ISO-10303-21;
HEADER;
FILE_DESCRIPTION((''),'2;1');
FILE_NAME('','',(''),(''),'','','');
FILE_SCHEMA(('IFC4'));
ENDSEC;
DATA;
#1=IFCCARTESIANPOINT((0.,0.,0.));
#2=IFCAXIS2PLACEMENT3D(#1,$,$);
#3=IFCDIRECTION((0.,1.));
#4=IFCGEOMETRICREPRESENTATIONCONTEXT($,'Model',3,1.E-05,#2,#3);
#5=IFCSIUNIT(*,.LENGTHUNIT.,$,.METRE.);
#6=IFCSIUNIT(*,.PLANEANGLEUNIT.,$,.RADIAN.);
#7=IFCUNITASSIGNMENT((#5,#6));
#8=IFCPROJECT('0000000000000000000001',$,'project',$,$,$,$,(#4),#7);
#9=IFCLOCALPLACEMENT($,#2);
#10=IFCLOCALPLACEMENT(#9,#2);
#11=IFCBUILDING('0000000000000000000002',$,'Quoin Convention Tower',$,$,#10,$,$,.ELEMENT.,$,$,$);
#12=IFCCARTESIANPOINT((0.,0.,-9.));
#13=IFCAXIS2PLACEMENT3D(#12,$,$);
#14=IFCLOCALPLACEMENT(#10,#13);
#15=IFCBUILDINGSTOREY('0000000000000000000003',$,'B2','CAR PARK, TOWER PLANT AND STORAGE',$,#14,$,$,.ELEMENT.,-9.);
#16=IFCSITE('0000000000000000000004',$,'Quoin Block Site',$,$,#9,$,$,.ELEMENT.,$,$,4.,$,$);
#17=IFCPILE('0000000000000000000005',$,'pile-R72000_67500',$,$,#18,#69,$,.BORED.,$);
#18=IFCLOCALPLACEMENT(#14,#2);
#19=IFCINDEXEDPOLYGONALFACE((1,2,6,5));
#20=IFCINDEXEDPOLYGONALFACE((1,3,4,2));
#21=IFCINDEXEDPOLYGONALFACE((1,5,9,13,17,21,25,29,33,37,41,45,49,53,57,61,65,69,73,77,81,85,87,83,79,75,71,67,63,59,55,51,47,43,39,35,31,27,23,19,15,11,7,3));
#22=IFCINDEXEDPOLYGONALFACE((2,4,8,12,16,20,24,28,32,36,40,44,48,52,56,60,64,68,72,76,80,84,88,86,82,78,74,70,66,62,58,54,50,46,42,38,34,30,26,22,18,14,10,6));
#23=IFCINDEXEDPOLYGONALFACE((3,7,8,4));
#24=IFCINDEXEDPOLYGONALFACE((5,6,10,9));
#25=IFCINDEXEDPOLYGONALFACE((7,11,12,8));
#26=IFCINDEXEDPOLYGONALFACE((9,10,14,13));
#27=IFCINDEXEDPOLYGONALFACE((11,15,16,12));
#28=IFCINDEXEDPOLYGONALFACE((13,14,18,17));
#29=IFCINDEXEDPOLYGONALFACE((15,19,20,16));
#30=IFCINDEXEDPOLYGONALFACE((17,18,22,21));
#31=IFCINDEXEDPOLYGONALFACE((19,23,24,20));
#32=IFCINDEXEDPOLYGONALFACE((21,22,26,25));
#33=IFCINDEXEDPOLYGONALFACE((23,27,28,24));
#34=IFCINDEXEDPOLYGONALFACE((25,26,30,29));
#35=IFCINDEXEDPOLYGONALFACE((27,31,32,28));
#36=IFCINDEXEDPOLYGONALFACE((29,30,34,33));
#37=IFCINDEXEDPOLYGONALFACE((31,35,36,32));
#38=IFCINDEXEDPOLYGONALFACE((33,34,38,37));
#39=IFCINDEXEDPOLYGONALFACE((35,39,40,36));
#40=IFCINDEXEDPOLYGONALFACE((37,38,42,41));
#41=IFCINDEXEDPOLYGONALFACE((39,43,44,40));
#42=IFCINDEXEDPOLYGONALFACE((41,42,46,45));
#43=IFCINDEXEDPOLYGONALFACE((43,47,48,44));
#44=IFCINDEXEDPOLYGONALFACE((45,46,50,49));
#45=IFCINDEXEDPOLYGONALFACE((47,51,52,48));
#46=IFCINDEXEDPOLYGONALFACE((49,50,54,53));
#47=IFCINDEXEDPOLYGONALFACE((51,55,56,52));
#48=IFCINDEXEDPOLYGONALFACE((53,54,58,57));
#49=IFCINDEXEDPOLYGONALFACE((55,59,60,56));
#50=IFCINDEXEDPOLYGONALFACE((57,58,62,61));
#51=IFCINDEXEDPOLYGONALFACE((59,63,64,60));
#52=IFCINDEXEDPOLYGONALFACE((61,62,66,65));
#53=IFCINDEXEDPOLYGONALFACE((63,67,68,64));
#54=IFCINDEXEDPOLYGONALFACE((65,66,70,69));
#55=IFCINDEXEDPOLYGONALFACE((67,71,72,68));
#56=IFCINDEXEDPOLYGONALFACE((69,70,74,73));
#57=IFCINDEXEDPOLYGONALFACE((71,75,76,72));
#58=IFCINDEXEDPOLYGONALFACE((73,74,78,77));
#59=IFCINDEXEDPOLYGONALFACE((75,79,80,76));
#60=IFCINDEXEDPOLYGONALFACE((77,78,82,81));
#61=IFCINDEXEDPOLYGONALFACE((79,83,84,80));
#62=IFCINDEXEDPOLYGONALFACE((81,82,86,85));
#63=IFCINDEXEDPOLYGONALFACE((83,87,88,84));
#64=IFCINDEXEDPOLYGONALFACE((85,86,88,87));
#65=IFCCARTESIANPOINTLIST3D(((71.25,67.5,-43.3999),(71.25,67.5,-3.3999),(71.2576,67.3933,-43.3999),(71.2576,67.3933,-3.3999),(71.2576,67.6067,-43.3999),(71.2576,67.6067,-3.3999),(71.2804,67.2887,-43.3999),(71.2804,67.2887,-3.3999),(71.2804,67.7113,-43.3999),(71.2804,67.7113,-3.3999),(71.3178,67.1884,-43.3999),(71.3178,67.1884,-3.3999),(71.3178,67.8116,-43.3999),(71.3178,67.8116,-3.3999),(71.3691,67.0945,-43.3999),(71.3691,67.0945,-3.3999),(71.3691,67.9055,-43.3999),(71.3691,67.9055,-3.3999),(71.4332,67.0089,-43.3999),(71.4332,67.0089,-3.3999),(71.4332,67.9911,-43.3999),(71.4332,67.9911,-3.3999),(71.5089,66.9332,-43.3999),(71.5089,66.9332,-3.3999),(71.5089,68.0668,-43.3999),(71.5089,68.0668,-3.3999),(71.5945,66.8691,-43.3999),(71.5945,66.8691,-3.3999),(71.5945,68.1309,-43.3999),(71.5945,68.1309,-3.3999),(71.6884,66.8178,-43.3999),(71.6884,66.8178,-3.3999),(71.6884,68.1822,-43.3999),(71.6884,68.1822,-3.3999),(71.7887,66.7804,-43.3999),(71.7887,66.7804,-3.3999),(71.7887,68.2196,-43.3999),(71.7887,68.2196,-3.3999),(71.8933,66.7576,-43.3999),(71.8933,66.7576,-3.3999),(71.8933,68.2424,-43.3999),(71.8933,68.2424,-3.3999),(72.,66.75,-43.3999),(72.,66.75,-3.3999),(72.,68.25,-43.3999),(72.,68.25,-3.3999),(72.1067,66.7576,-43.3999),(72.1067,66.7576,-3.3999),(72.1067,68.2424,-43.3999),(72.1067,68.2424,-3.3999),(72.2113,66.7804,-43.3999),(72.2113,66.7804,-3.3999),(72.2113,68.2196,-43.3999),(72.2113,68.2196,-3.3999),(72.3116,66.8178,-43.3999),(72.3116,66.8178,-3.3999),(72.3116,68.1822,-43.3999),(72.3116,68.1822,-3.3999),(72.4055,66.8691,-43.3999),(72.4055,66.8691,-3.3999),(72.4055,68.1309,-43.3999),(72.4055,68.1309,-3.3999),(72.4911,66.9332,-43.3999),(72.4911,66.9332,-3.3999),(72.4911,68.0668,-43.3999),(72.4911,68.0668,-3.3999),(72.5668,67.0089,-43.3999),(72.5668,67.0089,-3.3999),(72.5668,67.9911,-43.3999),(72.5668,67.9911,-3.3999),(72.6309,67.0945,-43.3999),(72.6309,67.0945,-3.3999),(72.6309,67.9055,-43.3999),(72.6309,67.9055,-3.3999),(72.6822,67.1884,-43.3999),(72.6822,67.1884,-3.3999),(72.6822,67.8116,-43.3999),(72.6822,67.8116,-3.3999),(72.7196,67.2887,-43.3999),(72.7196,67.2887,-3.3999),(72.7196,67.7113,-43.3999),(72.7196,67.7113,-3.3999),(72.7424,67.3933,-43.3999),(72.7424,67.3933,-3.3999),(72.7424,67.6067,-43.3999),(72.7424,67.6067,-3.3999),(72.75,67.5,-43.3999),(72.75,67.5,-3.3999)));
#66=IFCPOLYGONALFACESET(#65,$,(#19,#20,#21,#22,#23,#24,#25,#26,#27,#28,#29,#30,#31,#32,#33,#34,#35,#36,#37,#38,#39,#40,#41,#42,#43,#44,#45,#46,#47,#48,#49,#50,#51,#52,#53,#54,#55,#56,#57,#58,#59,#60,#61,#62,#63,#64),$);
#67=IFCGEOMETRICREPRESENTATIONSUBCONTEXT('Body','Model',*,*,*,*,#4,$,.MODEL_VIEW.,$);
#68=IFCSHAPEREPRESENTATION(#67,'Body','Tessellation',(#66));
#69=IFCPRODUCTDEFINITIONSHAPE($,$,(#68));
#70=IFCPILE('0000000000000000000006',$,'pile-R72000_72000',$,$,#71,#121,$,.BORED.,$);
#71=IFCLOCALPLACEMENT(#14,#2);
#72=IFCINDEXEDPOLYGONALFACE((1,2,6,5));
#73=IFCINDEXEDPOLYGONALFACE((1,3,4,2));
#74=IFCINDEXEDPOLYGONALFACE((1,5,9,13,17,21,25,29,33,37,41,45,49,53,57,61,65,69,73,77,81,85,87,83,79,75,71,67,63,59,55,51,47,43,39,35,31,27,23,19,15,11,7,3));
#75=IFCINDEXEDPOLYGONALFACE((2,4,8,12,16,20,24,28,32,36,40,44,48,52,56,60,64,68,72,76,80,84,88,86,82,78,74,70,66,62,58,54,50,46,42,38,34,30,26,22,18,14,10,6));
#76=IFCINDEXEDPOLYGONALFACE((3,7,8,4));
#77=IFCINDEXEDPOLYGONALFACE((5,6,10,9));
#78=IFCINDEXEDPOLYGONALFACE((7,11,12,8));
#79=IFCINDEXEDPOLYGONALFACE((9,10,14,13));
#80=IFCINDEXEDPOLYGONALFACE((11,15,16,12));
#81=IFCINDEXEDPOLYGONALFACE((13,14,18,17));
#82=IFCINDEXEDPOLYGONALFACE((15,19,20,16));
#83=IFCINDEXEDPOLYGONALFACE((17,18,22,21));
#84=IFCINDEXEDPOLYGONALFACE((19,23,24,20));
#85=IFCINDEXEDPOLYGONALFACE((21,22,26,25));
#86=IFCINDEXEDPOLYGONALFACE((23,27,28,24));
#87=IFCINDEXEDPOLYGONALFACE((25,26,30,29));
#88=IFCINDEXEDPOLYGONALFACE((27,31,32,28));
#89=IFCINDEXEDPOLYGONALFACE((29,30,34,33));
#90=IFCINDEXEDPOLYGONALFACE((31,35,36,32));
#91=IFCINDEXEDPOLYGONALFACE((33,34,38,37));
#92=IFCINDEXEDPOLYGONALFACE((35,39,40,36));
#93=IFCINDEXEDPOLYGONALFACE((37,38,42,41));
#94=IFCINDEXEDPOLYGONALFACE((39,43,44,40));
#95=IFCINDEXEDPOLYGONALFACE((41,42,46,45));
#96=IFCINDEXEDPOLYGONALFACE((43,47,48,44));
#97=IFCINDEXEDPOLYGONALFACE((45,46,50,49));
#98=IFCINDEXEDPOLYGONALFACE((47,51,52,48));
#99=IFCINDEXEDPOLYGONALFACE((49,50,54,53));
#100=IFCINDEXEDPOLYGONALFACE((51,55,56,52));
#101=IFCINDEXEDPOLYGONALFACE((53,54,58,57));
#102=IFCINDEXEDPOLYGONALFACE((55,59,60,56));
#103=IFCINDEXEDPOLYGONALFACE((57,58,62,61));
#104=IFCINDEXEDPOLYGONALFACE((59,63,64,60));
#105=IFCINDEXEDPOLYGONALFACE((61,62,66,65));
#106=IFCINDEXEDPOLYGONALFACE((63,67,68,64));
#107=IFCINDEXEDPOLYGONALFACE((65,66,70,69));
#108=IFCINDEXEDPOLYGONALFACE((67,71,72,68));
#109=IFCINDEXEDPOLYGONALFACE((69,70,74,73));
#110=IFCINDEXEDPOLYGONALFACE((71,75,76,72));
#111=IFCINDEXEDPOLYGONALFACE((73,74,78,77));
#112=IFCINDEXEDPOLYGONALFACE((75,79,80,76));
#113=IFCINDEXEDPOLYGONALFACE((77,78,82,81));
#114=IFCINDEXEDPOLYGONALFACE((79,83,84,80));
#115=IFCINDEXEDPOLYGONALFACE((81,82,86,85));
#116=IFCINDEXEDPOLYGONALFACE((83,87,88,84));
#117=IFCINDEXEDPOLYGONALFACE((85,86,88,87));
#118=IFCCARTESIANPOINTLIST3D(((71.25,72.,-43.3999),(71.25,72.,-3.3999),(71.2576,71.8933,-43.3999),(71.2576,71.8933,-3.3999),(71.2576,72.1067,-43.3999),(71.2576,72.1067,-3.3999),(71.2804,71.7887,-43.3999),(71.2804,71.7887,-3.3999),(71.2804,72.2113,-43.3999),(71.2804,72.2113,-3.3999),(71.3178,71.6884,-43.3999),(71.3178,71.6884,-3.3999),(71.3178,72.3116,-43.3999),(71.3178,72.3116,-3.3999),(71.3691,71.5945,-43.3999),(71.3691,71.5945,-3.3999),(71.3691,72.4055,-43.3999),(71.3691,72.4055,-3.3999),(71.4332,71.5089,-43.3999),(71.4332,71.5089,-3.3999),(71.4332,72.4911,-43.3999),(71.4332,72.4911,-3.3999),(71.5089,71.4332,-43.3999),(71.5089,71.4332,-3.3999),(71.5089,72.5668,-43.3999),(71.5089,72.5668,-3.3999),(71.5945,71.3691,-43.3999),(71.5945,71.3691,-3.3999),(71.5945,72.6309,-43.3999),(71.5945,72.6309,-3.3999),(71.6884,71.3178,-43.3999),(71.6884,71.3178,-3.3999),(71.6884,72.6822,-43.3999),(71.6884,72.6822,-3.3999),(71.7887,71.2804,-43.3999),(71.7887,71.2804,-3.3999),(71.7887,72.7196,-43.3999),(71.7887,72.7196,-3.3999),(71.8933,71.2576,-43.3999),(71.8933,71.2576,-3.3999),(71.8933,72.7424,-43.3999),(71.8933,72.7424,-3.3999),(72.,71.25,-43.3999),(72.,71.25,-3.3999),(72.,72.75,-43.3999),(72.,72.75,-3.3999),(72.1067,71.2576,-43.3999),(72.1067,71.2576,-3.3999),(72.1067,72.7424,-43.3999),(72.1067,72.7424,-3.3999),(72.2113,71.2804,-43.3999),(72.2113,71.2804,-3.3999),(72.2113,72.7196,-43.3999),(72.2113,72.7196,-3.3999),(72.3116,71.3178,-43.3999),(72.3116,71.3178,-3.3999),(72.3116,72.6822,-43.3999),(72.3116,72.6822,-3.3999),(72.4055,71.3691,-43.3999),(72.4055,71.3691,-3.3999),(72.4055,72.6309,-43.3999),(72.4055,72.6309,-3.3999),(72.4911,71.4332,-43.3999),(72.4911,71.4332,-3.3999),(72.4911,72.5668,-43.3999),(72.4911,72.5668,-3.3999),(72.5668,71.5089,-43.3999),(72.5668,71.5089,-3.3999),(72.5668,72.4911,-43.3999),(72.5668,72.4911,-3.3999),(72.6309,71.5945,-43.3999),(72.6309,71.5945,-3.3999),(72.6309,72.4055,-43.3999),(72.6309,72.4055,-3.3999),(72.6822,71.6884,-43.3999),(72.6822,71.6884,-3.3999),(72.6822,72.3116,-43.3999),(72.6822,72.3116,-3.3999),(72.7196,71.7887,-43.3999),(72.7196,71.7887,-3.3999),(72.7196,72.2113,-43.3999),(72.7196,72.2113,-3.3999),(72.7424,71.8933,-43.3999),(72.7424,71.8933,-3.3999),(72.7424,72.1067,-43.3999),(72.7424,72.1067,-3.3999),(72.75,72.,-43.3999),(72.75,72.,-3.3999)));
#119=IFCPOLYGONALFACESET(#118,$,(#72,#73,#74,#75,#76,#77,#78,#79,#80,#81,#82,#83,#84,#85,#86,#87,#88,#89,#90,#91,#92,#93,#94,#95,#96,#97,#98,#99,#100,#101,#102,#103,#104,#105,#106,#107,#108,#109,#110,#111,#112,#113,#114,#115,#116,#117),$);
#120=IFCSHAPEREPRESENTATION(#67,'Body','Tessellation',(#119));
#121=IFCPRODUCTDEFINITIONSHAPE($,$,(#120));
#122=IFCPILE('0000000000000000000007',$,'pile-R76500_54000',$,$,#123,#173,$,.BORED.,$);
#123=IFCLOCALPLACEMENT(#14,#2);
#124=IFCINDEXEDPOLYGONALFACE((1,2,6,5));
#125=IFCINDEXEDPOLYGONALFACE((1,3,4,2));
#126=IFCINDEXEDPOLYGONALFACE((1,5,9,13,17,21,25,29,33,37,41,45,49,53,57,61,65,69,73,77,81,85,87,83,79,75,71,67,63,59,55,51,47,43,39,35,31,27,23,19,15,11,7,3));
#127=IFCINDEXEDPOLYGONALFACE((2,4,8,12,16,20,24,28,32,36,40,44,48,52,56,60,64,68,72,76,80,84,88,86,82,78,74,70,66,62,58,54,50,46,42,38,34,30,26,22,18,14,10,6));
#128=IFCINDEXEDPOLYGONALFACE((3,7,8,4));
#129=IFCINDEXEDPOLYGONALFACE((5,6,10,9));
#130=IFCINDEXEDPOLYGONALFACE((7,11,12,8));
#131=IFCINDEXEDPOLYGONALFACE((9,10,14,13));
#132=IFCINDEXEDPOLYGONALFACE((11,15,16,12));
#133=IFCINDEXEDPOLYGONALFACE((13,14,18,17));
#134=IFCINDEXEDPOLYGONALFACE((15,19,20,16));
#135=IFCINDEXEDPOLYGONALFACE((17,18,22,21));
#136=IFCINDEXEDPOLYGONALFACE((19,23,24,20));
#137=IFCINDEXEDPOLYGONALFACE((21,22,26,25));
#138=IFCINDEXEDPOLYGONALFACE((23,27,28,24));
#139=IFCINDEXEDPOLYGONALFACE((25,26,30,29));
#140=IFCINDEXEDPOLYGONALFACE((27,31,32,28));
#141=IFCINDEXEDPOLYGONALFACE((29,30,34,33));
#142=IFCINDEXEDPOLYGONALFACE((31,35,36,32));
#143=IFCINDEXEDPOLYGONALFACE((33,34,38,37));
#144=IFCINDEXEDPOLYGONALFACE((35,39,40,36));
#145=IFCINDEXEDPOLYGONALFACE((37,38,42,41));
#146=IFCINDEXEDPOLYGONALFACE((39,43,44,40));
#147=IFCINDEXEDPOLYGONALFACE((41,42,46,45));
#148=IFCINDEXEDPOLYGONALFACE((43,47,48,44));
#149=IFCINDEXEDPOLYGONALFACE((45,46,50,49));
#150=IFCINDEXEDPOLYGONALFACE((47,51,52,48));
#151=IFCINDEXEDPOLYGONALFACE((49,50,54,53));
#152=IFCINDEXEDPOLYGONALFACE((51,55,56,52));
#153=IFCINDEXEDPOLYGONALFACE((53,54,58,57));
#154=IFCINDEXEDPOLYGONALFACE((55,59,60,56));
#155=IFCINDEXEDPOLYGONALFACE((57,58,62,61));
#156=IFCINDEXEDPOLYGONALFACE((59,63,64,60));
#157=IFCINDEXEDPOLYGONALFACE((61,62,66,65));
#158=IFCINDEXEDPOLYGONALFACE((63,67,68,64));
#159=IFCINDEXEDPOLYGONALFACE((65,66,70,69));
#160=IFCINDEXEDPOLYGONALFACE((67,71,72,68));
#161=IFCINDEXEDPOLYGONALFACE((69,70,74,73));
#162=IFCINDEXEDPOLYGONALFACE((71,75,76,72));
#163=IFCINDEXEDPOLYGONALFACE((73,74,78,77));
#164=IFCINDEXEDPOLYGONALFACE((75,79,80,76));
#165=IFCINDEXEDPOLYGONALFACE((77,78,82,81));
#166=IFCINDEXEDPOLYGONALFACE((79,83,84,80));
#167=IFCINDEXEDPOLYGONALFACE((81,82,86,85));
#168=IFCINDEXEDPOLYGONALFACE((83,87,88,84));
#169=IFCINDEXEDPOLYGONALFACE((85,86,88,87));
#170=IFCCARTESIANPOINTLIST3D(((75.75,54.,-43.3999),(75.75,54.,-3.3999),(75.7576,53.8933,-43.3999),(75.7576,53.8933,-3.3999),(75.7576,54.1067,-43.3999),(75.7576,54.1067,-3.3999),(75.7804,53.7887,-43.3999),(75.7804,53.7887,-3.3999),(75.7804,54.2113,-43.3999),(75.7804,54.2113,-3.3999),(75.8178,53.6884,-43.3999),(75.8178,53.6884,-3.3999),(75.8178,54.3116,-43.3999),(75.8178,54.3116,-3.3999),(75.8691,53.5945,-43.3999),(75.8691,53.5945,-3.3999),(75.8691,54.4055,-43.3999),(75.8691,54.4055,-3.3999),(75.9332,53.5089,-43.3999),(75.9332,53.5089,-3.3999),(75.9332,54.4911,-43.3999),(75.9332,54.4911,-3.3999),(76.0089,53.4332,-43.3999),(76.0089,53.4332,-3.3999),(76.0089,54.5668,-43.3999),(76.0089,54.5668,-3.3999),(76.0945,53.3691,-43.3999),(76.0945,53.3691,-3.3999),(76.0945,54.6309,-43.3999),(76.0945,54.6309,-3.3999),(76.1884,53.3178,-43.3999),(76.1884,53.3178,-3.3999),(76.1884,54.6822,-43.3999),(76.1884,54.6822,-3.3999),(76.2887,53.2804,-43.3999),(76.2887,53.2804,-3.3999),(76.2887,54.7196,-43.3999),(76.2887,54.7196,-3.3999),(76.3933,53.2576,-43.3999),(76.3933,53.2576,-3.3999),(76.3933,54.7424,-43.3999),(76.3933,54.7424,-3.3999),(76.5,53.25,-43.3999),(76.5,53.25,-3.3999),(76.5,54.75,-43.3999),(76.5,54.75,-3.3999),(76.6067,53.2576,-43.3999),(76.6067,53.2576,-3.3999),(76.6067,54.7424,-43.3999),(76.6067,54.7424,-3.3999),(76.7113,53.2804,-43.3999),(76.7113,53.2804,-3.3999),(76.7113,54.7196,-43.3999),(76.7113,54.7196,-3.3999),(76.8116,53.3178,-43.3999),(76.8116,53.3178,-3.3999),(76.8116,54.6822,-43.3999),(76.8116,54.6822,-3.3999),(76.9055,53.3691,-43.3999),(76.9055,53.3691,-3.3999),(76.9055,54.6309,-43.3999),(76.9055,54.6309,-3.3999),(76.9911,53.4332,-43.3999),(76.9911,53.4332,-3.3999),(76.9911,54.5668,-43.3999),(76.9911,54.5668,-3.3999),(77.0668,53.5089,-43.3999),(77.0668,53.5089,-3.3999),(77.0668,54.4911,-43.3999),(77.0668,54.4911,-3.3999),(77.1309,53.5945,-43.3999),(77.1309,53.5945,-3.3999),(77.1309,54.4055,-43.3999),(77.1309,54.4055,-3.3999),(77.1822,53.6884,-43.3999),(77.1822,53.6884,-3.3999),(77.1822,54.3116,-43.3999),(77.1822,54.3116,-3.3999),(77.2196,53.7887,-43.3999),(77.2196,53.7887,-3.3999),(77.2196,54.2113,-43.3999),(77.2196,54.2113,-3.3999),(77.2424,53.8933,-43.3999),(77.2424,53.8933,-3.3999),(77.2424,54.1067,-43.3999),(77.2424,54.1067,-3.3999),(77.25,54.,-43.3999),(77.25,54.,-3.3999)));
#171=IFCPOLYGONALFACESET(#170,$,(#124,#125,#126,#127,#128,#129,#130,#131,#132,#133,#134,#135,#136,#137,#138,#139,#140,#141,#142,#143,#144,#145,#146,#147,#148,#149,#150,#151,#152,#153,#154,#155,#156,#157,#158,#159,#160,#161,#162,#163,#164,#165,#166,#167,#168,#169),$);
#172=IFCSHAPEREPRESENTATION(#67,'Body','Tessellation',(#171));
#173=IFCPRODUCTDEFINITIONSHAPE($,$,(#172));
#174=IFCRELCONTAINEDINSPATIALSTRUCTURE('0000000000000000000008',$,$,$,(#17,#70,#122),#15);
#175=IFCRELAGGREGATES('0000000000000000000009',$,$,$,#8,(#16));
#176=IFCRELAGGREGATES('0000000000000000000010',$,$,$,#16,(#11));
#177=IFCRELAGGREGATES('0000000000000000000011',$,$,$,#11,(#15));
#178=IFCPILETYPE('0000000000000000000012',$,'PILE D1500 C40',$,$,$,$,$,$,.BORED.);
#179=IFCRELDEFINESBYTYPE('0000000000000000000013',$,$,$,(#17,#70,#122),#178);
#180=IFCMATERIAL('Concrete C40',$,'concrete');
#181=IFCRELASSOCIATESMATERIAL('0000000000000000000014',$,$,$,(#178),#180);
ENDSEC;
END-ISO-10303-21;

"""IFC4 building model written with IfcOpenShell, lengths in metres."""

from ifc_helpers import new_model, si_unit, direction, frame, origin, origin_2d, place, context, subcontext, project, spatial, circle, extrude, material, material_profile, profile_set, type_object, element, save


model = new_model("IFC4")

# Units and contexts
model_context = context("Model", 3, precision=1e-05, world=origin(), true_north=direction((0.0, 1.0)))
body_context = subcontext(model_context, "Body", "Model", "MODEL_VIEW")
ifc_project = project(units=[si_unit("LENGTHUNIT", "METRE"), si_unit("PLANEANGLEUNIT", "RADIAN")], contexts=[model_context])

# Site, building, storey
site_placement = place(None, origin())
site = spatial("IfcSite", under=ifc_project, at=site_placement, Name="Quoin Block Site", CompositionType="ELEMENT", RefElevation=4.0)
building_placement = place(site_placement, origin())
building = spatial("IfcBuilding", under=site, at=building_placement, Name="Quoin Convention Tower", CompositionType="ELEMENT")
storey_placement = place(building_placement, frame((0.0, 0.0, -9.0)))
storey = spatial("IfcBuildingStorey", under=building, at=storey_placement, Name="B2", Description="CAR PARK, TOWER PLANT AND STORAGE", CompositionType="ELEMENT", Elevation=-9.0)

# Piles
ifc_material_1 = material(Name="Concrete C40", Category="concrete")
ifc_material_profile_1 = material_profile(ifc_material_1, circle(Radius=0.75, at=origin_2d()), Name="D1500")
ifc_profile_set_1 = profile_set([ifc_material_profile_1], Name="Concrete C40")
pile_type = type_object("IfcPileType", Name="PILE D1500 C40", PredefinedType="BORED", material=ifc_profile_set_1)
for number, where, z_axis, x_axis, name in (
    (1, (72.0, 67.5, -3.3999), (0.0, 0.0, -1.0), (1.0, 0.0, 0.0), "pile-R72000_67500"),
    (2, (72.0, 72.0, -3.3999), (0.0, 0.0, -1.0), (1.0, 0.0, 0.0), "pile-R72000_72000"),
    (3, (76.5, 54.0, -3.3999), (0.0, 0.0, -1.0), (1.0, 0.0, 0.0), "pile-R76500_54000"),
):
    element("IfcPile", number, at=place(storey_placement, frame(where, z_axis=z_axis, x_axis=x_axis)), inside=storey, type_object=pile_type, Name=name, PredefinedType="BORED", context=body_context, shape_type="SweptSolid", body=[
        extrude(circle(Radius=0.75, at=origin_2d()), origin(), (0.0, 0.0, 1.0), 40.0),
    ])

save(model, "model.ifc")
